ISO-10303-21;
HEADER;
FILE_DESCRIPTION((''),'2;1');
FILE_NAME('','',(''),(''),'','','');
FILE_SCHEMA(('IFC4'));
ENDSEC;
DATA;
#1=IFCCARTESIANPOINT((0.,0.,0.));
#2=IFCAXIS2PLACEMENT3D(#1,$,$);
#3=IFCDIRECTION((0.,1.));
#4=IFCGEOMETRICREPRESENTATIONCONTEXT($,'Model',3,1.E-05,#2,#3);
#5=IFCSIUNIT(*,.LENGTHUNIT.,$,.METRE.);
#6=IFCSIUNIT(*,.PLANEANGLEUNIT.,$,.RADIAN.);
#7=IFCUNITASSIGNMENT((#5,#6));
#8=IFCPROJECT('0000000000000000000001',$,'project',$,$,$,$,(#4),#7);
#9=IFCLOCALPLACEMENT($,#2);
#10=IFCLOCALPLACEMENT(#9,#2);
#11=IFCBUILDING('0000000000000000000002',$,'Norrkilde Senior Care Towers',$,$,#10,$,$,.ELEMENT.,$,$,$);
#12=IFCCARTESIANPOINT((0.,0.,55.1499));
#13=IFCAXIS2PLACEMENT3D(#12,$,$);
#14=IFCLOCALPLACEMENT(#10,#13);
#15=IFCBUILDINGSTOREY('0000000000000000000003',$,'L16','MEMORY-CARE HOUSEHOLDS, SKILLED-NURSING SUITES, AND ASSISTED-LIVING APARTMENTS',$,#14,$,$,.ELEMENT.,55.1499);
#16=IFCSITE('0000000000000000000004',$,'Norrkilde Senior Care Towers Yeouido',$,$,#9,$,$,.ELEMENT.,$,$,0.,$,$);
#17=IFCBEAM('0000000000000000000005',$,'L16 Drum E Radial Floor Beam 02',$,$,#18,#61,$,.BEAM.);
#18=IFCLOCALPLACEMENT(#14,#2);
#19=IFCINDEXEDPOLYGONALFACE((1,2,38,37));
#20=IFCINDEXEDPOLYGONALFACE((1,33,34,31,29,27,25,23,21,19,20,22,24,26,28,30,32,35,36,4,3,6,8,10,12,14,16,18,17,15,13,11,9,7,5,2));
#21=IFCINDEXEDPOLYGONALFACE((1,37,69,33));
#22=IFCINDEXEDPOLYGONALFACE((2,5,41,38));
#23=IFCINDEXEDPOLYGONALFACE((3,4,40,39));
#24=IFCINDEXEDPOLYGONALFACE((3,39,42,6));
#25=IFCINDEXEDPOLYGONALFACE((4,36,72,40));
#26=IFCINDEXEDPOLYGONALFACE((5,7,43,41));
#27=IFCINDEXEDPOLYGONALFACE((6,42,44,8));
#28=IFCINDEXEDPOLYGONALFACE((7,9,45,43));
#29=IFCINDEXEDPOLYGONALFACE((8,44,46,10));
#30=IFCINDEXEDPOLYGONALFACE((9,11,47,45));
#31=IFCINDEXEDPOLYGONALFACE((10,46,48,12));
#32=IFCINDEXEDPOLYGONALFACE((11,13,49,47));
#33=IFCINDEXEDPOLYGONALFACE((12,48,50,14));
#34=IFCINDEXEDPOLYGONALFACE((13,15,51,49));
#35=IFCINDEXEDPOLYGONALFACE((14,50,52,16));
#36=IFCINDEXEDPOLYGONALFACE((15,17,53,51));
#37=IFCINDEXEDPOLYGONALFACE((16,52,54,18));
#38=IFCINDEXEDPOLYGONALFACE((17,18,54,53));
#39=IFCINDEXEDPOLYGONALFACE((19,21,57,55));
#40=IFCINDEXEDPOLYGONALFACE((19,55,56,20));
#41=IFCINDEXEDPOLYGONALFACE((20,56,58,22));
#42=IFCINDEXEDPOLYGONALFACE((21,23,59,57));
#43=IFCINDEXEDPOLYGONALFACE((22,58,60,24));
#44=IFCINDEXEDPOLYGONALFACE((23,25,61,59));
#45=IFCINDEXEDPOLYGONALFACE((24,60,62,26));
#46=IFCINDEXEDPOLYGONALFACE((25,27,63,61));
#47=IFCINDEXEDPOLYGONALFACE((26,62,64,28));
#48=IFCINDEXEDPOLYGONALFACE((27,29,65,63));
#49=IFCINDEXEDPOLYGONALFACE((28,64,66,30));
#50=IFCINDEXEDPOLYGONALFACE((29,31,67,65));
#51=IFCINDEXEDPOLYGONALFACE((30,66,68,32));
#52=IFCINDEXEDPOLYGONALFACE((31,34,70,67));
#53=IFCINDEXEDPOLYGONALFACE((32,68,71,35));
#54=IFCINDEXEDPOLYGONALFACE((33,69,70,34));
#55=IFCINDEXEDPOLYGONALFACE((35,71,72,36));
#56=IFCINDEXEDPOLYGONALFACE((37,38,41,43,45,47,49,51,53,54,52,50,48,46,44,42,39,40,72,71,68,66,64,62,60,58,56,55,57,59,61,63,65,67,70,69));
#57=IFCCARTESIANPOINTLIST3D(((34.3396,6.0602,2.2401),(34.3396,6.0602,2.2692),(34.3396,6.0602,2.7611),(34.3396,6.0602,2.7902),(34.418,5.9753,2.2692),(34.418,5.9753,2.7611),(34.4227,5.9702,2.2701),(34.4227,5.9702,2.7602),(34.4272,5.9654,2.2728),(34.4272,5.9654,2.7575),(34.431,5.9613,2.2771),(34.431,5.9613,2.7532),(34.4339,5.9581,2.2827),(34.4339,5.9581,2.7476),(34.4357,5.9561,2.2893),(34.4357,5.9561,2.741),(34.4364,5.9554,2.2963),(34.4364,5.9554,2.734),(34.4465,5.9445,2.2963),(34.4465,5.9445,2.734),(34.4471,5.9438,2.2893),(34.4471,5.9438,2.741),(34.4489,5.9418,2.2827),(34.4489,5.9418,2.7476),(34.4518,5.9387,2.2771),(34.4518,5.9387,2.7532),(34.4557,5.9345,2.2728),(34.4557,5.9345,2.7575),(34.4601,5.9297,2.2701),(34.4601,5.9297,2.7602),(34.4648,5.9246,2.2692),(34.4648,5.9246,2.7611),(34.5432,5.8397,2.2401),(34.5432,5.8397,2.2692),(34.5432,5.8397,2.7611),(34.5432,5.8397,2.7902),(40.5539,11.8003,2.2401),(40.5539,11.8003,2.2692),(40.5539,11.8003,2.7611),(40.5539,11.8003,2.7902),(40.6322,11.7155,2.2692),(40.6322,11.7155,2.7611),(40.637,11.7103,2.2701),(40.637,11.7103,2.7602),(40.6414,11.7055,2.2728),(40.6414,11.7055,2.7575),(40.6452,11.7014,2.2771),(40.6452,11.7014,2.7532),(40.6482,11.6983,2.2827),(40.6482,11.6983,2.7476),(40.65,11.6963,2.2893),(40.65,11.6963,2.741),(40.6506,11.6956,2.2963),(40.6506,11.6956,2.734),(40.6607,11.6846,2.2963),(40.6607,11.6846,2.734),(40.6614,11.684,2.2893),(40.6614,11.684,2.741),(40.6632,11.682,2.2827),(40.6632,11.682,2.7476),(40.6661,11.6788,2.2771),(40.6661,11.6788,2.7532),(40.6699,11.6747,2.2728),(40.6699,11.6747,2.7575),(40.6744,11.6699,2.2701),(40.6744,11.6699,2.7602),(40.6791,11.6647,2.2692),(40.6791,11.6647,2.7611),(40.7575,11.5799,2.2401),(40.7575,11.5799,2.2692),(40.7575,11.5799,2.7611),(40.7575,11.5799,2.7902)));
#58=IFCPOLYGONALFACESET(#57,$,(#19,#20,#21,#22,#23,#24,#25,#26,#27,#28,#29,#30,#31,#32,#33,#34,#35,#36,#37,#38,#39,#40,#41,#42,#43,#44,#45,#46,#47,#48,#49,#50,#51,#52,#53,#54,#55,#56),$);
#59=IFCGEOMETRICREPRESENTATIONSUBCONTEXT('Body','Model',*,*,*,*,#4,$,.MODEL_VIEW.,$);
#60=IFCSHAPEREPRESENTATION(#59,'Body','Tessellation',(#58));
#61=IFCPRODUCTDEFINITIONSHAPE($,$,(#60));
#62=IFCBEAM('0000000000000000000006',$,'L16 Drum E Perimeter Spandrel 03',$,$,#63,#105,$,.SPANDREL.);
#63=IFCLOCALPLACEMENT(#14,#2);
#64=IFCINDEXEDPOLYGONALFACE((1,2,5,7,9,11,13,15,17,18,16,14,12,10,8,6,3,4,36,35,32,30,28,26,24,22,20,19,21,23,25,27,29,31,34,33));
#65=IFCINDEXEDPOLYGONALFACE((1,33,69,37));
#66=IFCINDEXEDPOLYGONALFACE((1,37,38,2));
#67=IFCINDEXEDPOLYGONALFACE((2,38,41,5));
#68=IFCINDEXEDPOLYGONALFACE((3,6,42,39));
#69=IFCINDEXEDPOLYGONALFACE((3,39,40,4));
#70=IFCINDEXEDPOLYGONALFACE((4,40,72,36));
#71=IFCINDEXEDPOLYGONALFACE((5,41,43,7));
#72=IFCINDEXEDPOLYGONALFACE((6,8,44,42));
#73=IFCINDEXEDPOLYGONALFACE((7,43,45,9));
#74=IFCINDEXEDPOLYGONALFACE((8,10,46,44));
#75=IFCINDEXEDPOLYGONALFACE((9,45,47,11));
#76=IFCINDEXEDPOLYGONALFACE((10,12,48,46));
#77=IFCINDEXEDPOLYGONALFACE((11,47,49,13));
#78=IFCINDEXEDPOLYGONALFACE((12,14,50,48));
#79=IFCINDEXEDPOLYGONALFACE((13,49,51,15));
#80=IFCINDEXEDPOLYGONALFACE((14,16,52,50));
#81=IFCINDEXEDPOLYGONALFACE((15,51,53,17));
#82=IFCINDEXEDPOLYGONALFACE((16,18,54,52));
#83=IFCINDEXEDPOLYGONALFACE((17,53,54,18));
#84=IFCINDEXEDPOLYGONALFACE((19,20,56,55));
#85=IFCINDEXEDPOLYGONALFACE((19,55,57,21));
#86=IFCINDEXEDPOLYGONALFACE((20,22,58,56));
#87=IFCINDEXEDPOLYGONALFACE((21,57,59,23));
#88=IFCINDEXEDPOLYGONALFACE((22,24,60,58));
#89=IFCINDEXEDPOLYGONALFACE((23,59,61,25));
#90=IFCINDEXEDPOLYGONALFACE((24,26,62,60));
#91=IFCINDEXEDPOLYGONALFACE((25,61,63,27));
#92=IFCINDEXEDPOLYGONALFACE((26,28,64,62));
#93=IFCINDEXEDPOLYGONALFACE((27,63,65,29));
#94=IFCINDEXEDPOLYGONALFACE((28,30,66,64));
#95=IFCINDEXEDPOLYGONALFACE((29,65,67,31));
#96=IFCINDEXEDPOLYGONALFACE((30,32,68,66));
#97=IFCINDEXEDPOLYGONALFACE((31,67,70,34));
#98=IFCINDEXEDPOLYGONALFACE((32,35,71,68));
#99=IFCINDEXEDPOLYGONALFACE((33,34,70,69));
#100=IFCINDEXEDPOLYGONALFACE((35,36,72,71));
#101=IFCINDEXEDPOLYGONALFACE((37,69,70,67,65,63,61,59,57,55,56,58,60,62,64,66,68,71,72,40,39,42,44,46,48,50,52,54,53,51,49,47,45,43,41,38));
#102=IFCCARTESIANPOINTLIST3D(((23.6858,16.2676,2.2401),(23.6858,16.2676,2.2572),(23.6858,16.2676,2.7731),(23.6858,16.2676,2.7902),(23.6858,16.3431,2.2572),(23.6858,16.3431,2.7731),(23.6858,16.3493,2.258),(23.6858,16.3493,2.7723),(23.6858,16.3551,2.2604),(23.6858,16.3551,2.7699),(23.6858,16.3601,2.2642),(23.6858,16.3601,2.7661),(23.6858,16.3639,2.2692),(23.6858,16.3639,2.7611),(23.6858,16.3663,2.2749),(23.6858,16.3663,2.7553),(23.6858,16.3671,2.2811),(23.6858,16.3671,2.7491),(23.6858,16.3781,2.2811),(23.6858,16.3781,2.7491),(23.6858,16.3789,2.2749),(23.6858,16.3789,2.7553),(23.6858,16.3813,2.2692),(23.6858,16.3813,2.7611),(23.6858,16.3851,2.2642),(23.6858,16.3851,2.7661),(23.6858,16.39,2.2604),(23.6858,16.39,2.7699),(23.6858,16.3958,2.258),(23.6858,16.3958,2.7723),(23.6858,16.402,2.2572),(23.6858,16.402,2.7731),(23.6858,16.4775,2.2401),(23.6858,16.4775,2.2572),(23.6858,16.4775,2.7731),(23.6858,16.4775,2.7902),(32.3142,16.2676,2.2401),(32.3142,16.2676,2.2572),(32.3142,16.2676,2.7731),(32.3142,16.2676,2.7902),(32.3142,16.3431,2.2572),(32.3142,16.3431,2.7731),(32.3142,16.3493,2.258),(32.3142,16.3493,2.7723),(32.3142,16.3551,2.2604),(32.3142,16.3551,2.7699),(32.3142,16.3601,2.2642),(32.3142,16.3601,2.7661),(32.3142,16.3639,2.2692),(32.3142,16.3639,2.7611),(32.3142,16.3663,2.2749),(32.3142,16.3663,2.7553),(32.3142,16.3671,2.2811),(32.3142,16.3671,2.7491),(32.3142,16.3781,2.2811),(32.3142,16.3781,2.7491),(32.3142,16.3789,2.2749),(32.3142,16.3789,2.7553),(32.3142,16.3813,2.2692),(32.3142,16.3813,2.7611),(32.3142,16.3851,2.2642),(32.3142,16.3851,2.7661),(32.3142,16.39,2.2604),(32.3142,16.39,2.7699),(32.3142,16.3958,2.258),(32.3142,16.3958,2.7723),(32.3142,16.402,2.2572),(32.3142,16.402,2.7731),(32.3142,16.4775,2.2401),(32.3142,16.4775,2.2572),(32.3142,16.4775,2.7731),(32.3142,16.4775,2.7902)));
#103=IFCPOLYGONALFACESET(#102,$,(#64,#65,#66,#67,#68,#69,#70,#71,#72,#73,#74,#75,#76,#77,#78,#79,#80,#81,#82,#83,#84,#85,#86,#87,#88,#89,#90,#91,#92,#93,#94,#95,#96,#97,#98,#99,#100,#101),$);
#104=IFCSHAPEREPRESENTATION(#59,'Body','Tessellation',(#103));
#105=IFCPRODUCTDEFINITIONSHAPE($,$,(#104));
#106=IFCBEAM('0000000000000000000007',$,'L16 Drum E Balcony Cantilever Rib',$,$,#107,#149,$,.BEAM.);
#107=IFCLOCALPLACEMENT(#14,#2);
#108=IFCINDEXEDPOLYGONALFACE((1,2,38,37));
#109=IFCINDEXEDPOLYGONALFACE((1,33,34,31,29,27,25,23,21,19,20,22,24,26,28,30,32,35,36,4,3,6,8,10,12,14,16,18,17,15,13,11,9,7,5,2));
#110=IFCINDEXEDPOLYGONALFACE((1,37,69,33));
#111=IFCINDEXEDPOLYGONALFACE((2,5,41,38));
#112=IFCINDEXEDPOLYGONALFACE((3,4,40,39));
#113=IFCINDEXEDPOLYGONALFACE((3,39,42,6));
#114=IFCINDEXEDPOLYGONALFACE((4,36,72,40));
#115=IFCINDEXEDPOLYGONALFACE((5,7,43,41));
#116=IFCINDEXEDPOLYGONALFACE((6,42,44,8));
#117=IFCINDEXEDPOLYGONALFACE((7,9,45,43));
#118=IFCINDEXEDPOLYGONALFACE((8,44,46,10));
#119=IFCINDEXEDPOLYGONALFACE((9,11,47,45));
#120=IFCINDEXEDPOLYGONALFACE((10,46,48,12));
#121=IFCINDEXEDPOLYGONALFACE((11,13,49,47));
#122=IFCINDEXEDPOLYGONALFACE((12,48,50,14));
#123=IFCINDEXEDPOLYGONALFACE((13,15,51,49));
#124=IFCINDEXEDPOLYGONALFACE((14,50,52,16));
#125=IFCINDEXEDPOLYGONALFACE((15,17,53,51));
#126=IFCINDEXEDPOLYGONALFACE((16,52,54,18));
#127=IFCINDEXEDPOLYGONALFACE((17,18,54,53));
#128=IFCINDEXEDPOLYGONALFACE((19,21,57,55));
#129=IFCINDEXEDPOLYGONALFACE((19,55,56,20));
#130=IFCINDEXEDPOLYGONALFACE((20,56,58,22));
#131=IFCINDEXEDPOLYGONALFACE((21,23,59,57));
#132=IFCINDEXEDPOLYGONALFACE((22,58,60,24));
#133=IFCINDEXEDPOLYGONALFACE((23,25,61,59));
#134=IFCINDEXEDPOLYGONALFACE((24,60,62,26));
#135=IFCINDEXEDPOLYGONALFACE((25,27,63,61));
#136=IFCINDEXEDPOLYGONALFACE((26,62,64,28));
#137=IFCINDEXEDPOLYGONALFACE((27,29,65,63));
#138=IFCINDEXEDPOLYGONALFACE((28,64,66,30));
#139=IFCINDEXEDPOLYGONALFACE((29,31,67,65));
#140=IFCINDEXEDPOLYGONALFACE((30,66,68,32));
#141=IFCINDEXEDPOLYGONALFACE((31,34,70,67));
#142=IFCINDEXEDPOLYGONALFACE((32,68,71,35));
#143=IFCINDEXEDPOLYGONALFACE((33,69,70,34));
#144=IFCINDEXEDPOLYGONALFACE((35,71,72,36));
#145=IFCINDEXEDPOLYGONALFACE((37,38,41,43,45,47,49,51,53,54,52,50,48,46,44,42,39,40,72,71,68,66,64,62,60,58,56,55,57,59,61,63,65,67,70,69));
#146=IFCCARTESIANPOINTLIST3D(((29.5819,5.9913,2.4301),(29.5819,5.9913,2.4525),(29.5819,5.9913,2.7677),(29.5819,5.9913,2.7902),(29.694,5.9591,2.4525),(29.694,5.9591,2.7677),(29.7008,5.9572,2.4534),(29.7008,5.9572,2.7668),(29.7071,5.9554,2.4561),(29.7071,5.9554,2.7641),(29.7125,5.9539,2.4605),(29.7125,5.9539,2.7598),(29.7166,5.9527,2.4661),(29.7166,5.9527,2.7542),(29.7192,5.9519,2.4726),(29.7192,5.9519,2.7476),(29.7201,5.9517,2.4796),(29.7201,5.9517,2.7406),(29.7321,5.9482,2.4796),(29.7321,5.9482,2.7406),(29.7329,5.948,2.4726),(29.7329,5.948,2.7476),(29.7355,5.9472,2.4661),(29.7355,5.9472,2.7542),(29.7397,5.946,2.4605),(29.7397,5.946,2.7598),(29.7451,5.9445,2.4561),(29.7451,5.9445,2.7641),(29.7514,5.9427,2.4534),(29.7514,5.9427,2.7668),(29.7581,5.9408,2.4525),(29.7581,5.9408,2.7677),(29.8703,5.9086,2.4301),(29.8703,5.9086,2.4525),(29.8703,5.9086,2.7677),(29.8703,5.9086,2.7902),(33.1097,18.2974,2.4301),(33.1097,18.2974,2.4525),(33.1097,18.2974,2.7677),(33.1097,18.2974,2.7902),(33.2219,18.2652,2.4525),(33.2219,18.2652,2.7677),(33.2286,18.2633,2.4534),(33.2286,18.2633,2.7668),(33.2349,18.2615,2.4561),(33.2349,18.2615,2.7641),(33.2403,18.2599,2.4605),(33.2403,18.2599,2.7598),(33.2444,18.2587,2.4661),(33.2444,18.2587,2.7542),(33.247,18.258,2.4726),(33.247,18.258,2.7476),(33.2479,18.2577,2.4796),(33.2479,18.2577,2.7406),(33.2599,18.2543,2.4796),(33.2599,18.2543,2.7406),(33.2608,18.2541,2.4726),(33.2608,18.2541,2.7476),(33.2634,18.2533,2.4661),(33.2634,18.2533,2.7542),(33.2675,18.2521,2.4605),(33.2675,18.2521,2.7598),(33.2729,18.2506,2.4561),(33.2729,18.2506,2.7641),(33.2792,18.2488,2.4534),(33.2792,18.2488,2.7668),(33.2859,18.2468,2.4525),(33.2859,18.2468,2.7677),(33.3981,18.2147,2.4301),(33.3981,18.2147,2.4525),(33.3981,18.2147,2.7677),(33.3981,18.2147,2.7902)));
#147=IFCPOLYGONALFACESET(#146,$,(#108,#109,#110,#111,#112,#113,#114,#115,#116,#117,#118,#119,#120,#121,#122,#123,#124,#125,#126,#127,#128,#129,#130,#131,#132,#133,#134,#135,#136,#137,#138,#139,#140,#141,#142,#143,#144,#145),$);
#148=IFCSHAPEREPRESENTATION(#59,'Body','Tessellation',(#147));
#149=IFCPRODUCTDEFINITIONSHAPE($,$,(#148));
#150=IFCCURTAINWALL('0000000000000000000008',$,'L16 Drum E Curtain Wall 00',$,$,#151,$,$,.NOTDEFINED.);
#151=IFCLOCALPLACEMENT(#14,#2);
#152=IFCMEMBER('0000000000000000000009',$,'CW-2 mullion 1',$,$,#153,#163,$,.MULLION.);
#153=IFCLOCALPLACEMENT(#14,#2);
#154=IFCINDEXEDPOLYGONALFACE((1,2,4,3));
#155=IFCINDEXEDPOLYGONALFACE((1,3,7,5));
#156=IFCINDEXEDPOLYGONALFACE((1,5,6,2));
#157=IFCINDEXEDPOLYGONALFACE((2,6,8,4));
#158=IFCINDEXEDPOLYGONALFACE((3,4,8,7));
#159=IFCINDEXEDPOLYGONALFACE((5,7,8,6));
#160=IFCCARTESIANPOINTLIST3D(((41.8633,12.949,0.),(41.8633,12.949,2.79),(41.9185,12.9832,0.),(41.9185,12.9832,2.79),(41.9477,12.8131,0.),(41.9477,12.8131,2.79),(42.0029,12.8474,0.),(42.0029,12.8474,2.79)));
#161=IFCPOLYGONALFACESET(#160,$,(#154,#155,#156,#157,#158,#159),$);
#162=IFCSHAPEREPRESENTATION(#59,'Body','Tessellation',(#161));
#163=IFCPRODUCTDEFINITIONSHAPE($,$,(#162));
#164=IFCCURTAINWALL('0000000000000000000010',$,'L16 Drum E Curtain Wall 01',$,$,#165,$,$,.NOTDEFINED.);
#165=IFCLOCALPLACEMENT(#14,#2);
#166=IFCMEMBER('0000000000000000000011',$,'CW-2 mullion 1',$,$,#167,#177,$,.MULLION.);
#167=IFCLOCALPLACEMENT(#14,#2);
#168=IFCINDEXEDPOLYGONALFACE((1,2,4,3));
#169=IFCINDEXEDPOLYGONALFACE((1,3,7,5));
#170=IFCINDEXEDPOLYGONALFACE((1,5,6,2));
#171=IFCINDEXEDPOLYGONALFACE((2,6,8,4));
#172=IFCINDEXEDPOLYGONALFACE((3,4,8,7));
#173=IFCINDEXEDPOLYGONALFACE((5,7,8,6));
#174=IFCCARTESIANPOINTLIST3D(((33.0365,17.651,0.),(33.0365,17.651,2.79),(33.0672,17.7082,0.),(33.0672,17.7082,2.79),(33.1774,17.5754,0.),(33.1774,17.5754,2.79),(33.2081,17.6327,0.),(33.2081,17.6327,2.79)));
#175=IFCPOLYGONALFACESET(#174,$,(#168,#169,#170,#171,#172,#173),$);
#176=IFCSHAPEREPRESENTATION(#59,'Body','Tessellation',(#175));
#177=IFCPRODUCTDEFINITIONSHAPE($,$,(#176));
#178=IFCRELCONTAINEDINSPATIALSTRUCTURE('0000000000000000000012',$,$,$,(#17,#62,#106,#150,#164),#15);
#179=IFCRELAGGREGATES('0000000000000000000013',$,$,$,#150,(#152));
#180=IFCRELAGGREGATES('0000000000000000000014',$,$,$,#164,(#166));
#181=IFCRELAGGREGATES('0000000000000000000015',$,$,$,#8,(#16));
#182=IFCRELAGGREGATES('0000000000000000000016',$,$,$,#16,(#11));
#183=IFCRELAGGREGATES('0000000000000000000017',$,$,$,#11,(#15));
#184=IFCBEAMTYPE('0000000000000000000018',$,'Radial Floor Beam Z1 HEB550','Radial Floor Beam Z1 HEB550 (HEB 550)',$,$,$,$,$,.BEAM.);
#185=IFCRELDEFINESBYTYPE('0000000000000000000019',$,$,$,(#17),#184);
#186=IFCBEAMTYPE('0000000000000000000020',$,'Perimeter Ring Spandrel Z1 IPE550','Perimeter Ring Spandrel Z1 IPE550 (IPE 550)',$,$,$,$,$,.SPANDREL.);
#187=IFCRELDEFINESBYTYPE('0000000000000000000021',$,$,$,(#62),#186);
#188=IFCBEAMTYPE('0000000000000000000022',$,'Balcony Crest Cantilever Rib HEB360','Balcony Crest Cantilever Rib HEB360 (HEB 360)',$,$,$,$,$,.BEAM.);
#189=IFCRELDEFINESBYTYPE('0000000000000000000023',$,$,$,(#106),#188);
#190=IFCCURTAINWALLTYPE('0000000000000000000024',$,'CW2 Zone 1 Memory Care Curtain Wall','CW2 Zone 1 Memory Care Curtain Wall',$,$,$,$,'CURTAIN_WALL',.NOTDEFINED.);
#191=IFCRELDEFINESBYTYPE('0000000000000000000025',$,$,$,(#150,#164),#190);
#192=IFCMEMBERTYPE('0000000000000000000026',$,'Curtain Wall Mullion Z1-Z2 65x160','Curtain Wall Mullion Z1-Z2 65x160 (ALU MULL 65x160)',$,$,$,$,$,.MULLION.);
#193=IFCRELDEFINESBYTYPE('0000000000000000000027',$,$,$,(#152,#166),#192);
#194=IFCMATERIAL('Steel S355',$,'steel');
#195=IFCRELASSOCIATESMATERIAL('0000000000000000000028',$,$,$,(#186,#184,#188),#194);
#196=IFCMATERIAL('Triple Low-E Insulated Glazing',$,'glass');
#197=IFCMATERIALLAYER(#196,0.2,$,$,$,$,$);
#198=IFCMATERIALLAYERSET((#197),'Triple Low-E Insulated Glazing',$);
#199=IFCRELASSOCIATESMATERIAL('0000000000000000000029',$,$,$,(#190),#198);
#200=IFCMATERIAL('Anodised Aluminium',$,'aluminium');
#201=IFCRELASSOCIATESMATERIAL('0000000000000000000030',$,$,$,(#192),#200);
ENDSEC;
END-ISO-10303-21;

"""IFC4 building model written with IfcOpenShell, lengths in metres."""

from ifc_helpers import new_model, si_unit, direction, frame, origin, origin_2d, place, context, subcontext, project, spatial, rectangle, i_section, extrude, source, transform, mapped, material, layer, layer_set, material_profile, profile_set, type_object, type_shapes, element, aggregate, save


model = new_model("IFC4")

# Units and contexts
model_context = context("Model", 3, precision=1e-05, world=origin(), true_north=direction((0.0, 1.0)))
body_context = subcontext(model_context, "Body", "Model", "MODEL_VIEW")
ifc_project = project(units=[si_unit("LENGTHUNIT", "METRE"), si_unit("PLANEANGLEUNIT", "RADIAN")], contexts=[model_context])

# Site, building, storey
site_placement = place(None, origin())
site = spatial("IfcSite", under=ifc_project, at=site_placement, Name="Norrkilde Senior Care Towers Yeouido", CompositionType="ELEMENT", RefElevation=0.0)
building_placement = place(site_placement, origin())
building = spatial("IfcBuilding", under=site, at=building_placement, Name="Norrkilde Senior Care Towers", CompositionType="ELEMENT")
storey_placement = place(building_placement, frame((0.0, 0.0, 55.1499)))
storey = spatial("IfcBuildingStorey", under=building, at=storey_placement, Name="L16", Description="MEMORY-CARE HOUSEHOLDS, SKILLED-NURSING SUITES, AND ASSISTED-LIVING APARTMENTS", CompositionType="ELEMENT", Elevation=55.1499)

# Beams
ifc_material_1 = material(Name="Steel S355", Category="steel")
ifc_material_profile_1 = material_profile(ifc_material_1, i_section(OverallWidth=0.21, OverallDepth=0.55, WebThickness=0.011, FlangeThickness=0.0171, FilletRadius=0.0239, at=origin_2d()), Name="IPE 550")
ifc_profile_set_1 = profile_set([ifc_material_profile_1], Name="Steel S355")
beam_type_1 = type_object("IfcBeamType", Name="Perimeter Ring Spandrel Z1 IPE550", Description="Perimeter Ring Spandrel Z1 IPE550 (IPE 550)", PredefinedType="SPANDREL", material=ifc_profile_set_1)
ifc_material_profile_2 = material_profile(ifc_material_1, i_section(OverallWidth=0.3, OverallDepth=0.55, WebThickness=0.0149, FlangeThickness=0.0291, FilletRadius=0.0271, at=origin_2d()), Name="HEB 550")
ifc_profile_set_2 = profile_set([ifc_material_profile_2], Name="Steel S355")
beam_type_2 = type_object("IfcBeamType", Name="Radial Floor Beam Z1 HEB550", Description="Radial Floor Beam Z1 HEB550 (HEB 550)", PredefinedType="BEAM", material=ifc_profile_set_2)
shared_shape_1 = source(origin(), body_context, "Body", "SweptSolid", [
    extrude(i_section(OverallWidth=0.3, OverallDepth=0.55, WebThickness=0.0149, FlangeThickness=0.0291, FilletRadius=0.0271, at=origin_2d()), origin(), (0.0, 0.0, 1.0), 8.4597),
])
type_shapes(beam_type_2, [shared_shape_1])
beam_1_placement = place(storey_placement, frame((34.4414, 5.95, 2.5151), z_axis=(0.734573, 0.678529, 0.0), x_axis=(-0.678529, 0.734573, 0.0)))
element("IfcBeam", 1, at=beam_1_placement, inside=storey, type_object=beam_type_2, Name="L16 Drum E Radial Floor Beam 02", PredefinedType="BEAM", context=body_context, shape_type="MappedRepresentation", body=[
    mapped(shared_shape_1, transform((0.0, 0.0, 0.0), x_axis=(1.0, 0.0, 0.0), y_axis=(0.0, 1.0, 0.0), z_axis=(0.0, 0.0, 1.0), scale=1.0)),
])
shared_shape_2 = source(origin(), body_context, "Body", "SweptSolid", [
    extrude(i_section(OverallWidth=0.21, OverallDepth=0.55, WebThickness=0.011, FlangeThickness=0.0171, FilletRadius=0.0239, at=origin_2d()), origin(), (0.0, 0.0, 1.0), 8.6284),
])
beam_2_placement = place(storey_placement, frame((32.3142, 16.3726, 2.5151), z_axis=(-1.0, 0.0, 0.0), x_axis=(0.0, -1.0, 0.0)))
element("IfcBeam", 2, at=beam_2_placement, inside=storey, type_object=beam_type_1, Name="L16 Drum E Perimeter Spandrel 03", PredefinedType="SPANDREL", context=body_context, shape_type="MappedRepresentation", body=[
    mapped(shared_shape_2, transform((0.0, 0.0, 0.0), x_axis=(1.0, 0.0, 0.0), y_axis=(0.0, 1.0, 0.0), z_axis=(0.0, 0.0, 1.0), scale=1.0)),
])
ifc_material_profile_3 = material_profile(ifc_material_1, i_section(OverallWidth=0.3, OverallDepth=0.3601, WebThickness=0.0125, FlangeThickness=0.0225, FilletRadius=0.0271, at=origin_2d()), Name="HEB 360")
ifc_profile_set_3 = profile_set([ifc_material_profile_3], Name="Steel S355")
beam_type_3 = type_object("IfcBeamType", Name="Balcony Crest Cantilever Rib HEB360", Description="Balcony Crest Cantilever Rib HEB360 (HEB 360)", PredefinedType="BEAM", material=ifc_profile_set_3)
shared_shape_3 = source(origin(), body_context, "Body", "SweptSolid", [
    extrude(i_section(OverallWidth=0.3, OverallDepth=0.3601, WebThickness=0.0125, FlangeThickness=0.0225, FilletRadius=0.0271, at=origin_2d()), origin(), (0.0, 0.0, 1.0), 12.8018),
])
type_shapes(beam_type_3, [shared_shape_3])
beam_3_placement = place(storey_placement, frame((29.7261, 5.95, 2.6101), z_axis=(0.275572, 0.96128, 0.0), x_axis=(-0.96128, 0.275572, 0.0)))
element("IfcBeam", 3, at=beam_3_placement, inside=storey, type_object=beam_type_3, Name="L16 Drum E Balcony Cantilever Rib", PredefinedType="BEAM", context=body_context, shape_type="MappedRepresentation", body=[
    mapped(shared_shape_3, transform((0.0, 0.0, 0.0), x_axis=(1.0, 0.0, 0.0), y_axis=(0.0, 1.0, 0.0), z_axis=(0.0, 0.0, 1.0), scale=1.0)),
])

# Curtain wall, member
ifc_material_2 = material(Name="Triple Low-E Insulated Glazing", Category="glass")
ifc_layer_1 = layer(ifc_material_2, 0.2)
ifc_layer_set_1 = layer_set([ifc_layer_1], Name="Triple Low-E Insulated Glazing")
curtain_wall_type = type_object("IfcCurtainWallType", Name="CW2 Zone 1 Memory Care Curtain Wall", Description="CW2 Zone 1 Memory Care Curtain Wall", ElementType="CURTAIN_WALL", PredefinedType="NOTDEFINED", material=ifc_layer_set_1)
curtain_wall_1_placement = place(storey_placement, origin())
curtain_wall_1 = element("IfcCurtainWall", 4, at=curtain_wall_1_placement, inside=storey, type_object=curtain_wall_type, Name="L16 Drum E Curtain Wall 00", PredefinedType="NOTDEFINED")
ifc_material_3 = material(Name="Anodised Aluminium", Category="aluminium")
ifc_material_profile_4 = material_profile(ifc_material_3, rectangle(XDim=0.0649, YDim=0.1599, at=origin_2d()), Name="ALU MULL 65x160")
ifc_profile_set_4 = profile_set([ifc_material_profile_4], Name="Anodised Aluminium")
member_type_1 = type_object("IfcMemberType", Name="Curtain Wall Mullion Z1-Z2 65x160", Description="Curtain Wall Mullion Z1-Z2 65x160 (ALU MULL 65x160)", PredefinedType="MULLION", material=ifc_profile_set_4)
shared_shape_4 = source(origin(), body_context, "Body", "SweptSolid", [
    extrude(rectangle(XDim=0.0649, YDim=0.1599, at=origin_2d()), origin(), (0.0, 0.0, 1.0), 2.79),
])
type_shapes(member_type_1, [shared_shape_4])
member_1_placement = place(storey_placement, frame((41.9331, 12.8982, 0.0), z_axis=(0.0, 0.0, 1.0), x_axis=(0.849306, 0.527901, 0.0)))
member_1 = element("IfcMember", 5, at=member_1_placement, type_object=member_type_1, Name="CW-2 mullion 1", PredefinedType="MULLION", context=body_context, shape_type="MappedRepresentation", body=[
    mapped(shared_shape_4, transform((0.0, 0.0, 0.0), x_axis=(1.0, 0.0, 0.0), y_axis=(0.0, 1.0, 0.0), z_axis=(0.0, 0.0, 1.0), scale=1.0)),
])

# Curtain wall, member
curtain_wall_2_placement = place(storey_placement, origin())
curtain_wall_2 = element("IfcCurtainWall", 6, at=curtain_wall_2_placement, inside=storey, type_object=curtain_wall_type, Name="L16 Drum E Curtain Wall 01", PredefinedType="NOTDEFINED")
member_2_placement = place(storey_placement, frame((33.1223, 17.6418, 0.0), z_axis=(0.0, 0.0, 1.0), x_axis=(0.472608, 0.881273, 0.0)))
member_2 = element("IfcMember", 7, at=member_2_placement, type_object=member_type_1, Name="CW-2 mullion 1", PredefinedType="MULLION", context=body_context, shape_type="MappedRepresentation", body=[
    mapped(shared_shape_4, transform((0.0, 0.0, 0.0), x_axis=(1.0, 0.0, 0.0), y_axis=(0.0, 1.0, 0.0), z_axis=(0.0, 0.0, 1.0), scale=1.0)),
])

aggregate(curtain_wall_1, [member_1])
aggregate(curtain_wall_2, [member_2])

save(model, "model.ifc")
